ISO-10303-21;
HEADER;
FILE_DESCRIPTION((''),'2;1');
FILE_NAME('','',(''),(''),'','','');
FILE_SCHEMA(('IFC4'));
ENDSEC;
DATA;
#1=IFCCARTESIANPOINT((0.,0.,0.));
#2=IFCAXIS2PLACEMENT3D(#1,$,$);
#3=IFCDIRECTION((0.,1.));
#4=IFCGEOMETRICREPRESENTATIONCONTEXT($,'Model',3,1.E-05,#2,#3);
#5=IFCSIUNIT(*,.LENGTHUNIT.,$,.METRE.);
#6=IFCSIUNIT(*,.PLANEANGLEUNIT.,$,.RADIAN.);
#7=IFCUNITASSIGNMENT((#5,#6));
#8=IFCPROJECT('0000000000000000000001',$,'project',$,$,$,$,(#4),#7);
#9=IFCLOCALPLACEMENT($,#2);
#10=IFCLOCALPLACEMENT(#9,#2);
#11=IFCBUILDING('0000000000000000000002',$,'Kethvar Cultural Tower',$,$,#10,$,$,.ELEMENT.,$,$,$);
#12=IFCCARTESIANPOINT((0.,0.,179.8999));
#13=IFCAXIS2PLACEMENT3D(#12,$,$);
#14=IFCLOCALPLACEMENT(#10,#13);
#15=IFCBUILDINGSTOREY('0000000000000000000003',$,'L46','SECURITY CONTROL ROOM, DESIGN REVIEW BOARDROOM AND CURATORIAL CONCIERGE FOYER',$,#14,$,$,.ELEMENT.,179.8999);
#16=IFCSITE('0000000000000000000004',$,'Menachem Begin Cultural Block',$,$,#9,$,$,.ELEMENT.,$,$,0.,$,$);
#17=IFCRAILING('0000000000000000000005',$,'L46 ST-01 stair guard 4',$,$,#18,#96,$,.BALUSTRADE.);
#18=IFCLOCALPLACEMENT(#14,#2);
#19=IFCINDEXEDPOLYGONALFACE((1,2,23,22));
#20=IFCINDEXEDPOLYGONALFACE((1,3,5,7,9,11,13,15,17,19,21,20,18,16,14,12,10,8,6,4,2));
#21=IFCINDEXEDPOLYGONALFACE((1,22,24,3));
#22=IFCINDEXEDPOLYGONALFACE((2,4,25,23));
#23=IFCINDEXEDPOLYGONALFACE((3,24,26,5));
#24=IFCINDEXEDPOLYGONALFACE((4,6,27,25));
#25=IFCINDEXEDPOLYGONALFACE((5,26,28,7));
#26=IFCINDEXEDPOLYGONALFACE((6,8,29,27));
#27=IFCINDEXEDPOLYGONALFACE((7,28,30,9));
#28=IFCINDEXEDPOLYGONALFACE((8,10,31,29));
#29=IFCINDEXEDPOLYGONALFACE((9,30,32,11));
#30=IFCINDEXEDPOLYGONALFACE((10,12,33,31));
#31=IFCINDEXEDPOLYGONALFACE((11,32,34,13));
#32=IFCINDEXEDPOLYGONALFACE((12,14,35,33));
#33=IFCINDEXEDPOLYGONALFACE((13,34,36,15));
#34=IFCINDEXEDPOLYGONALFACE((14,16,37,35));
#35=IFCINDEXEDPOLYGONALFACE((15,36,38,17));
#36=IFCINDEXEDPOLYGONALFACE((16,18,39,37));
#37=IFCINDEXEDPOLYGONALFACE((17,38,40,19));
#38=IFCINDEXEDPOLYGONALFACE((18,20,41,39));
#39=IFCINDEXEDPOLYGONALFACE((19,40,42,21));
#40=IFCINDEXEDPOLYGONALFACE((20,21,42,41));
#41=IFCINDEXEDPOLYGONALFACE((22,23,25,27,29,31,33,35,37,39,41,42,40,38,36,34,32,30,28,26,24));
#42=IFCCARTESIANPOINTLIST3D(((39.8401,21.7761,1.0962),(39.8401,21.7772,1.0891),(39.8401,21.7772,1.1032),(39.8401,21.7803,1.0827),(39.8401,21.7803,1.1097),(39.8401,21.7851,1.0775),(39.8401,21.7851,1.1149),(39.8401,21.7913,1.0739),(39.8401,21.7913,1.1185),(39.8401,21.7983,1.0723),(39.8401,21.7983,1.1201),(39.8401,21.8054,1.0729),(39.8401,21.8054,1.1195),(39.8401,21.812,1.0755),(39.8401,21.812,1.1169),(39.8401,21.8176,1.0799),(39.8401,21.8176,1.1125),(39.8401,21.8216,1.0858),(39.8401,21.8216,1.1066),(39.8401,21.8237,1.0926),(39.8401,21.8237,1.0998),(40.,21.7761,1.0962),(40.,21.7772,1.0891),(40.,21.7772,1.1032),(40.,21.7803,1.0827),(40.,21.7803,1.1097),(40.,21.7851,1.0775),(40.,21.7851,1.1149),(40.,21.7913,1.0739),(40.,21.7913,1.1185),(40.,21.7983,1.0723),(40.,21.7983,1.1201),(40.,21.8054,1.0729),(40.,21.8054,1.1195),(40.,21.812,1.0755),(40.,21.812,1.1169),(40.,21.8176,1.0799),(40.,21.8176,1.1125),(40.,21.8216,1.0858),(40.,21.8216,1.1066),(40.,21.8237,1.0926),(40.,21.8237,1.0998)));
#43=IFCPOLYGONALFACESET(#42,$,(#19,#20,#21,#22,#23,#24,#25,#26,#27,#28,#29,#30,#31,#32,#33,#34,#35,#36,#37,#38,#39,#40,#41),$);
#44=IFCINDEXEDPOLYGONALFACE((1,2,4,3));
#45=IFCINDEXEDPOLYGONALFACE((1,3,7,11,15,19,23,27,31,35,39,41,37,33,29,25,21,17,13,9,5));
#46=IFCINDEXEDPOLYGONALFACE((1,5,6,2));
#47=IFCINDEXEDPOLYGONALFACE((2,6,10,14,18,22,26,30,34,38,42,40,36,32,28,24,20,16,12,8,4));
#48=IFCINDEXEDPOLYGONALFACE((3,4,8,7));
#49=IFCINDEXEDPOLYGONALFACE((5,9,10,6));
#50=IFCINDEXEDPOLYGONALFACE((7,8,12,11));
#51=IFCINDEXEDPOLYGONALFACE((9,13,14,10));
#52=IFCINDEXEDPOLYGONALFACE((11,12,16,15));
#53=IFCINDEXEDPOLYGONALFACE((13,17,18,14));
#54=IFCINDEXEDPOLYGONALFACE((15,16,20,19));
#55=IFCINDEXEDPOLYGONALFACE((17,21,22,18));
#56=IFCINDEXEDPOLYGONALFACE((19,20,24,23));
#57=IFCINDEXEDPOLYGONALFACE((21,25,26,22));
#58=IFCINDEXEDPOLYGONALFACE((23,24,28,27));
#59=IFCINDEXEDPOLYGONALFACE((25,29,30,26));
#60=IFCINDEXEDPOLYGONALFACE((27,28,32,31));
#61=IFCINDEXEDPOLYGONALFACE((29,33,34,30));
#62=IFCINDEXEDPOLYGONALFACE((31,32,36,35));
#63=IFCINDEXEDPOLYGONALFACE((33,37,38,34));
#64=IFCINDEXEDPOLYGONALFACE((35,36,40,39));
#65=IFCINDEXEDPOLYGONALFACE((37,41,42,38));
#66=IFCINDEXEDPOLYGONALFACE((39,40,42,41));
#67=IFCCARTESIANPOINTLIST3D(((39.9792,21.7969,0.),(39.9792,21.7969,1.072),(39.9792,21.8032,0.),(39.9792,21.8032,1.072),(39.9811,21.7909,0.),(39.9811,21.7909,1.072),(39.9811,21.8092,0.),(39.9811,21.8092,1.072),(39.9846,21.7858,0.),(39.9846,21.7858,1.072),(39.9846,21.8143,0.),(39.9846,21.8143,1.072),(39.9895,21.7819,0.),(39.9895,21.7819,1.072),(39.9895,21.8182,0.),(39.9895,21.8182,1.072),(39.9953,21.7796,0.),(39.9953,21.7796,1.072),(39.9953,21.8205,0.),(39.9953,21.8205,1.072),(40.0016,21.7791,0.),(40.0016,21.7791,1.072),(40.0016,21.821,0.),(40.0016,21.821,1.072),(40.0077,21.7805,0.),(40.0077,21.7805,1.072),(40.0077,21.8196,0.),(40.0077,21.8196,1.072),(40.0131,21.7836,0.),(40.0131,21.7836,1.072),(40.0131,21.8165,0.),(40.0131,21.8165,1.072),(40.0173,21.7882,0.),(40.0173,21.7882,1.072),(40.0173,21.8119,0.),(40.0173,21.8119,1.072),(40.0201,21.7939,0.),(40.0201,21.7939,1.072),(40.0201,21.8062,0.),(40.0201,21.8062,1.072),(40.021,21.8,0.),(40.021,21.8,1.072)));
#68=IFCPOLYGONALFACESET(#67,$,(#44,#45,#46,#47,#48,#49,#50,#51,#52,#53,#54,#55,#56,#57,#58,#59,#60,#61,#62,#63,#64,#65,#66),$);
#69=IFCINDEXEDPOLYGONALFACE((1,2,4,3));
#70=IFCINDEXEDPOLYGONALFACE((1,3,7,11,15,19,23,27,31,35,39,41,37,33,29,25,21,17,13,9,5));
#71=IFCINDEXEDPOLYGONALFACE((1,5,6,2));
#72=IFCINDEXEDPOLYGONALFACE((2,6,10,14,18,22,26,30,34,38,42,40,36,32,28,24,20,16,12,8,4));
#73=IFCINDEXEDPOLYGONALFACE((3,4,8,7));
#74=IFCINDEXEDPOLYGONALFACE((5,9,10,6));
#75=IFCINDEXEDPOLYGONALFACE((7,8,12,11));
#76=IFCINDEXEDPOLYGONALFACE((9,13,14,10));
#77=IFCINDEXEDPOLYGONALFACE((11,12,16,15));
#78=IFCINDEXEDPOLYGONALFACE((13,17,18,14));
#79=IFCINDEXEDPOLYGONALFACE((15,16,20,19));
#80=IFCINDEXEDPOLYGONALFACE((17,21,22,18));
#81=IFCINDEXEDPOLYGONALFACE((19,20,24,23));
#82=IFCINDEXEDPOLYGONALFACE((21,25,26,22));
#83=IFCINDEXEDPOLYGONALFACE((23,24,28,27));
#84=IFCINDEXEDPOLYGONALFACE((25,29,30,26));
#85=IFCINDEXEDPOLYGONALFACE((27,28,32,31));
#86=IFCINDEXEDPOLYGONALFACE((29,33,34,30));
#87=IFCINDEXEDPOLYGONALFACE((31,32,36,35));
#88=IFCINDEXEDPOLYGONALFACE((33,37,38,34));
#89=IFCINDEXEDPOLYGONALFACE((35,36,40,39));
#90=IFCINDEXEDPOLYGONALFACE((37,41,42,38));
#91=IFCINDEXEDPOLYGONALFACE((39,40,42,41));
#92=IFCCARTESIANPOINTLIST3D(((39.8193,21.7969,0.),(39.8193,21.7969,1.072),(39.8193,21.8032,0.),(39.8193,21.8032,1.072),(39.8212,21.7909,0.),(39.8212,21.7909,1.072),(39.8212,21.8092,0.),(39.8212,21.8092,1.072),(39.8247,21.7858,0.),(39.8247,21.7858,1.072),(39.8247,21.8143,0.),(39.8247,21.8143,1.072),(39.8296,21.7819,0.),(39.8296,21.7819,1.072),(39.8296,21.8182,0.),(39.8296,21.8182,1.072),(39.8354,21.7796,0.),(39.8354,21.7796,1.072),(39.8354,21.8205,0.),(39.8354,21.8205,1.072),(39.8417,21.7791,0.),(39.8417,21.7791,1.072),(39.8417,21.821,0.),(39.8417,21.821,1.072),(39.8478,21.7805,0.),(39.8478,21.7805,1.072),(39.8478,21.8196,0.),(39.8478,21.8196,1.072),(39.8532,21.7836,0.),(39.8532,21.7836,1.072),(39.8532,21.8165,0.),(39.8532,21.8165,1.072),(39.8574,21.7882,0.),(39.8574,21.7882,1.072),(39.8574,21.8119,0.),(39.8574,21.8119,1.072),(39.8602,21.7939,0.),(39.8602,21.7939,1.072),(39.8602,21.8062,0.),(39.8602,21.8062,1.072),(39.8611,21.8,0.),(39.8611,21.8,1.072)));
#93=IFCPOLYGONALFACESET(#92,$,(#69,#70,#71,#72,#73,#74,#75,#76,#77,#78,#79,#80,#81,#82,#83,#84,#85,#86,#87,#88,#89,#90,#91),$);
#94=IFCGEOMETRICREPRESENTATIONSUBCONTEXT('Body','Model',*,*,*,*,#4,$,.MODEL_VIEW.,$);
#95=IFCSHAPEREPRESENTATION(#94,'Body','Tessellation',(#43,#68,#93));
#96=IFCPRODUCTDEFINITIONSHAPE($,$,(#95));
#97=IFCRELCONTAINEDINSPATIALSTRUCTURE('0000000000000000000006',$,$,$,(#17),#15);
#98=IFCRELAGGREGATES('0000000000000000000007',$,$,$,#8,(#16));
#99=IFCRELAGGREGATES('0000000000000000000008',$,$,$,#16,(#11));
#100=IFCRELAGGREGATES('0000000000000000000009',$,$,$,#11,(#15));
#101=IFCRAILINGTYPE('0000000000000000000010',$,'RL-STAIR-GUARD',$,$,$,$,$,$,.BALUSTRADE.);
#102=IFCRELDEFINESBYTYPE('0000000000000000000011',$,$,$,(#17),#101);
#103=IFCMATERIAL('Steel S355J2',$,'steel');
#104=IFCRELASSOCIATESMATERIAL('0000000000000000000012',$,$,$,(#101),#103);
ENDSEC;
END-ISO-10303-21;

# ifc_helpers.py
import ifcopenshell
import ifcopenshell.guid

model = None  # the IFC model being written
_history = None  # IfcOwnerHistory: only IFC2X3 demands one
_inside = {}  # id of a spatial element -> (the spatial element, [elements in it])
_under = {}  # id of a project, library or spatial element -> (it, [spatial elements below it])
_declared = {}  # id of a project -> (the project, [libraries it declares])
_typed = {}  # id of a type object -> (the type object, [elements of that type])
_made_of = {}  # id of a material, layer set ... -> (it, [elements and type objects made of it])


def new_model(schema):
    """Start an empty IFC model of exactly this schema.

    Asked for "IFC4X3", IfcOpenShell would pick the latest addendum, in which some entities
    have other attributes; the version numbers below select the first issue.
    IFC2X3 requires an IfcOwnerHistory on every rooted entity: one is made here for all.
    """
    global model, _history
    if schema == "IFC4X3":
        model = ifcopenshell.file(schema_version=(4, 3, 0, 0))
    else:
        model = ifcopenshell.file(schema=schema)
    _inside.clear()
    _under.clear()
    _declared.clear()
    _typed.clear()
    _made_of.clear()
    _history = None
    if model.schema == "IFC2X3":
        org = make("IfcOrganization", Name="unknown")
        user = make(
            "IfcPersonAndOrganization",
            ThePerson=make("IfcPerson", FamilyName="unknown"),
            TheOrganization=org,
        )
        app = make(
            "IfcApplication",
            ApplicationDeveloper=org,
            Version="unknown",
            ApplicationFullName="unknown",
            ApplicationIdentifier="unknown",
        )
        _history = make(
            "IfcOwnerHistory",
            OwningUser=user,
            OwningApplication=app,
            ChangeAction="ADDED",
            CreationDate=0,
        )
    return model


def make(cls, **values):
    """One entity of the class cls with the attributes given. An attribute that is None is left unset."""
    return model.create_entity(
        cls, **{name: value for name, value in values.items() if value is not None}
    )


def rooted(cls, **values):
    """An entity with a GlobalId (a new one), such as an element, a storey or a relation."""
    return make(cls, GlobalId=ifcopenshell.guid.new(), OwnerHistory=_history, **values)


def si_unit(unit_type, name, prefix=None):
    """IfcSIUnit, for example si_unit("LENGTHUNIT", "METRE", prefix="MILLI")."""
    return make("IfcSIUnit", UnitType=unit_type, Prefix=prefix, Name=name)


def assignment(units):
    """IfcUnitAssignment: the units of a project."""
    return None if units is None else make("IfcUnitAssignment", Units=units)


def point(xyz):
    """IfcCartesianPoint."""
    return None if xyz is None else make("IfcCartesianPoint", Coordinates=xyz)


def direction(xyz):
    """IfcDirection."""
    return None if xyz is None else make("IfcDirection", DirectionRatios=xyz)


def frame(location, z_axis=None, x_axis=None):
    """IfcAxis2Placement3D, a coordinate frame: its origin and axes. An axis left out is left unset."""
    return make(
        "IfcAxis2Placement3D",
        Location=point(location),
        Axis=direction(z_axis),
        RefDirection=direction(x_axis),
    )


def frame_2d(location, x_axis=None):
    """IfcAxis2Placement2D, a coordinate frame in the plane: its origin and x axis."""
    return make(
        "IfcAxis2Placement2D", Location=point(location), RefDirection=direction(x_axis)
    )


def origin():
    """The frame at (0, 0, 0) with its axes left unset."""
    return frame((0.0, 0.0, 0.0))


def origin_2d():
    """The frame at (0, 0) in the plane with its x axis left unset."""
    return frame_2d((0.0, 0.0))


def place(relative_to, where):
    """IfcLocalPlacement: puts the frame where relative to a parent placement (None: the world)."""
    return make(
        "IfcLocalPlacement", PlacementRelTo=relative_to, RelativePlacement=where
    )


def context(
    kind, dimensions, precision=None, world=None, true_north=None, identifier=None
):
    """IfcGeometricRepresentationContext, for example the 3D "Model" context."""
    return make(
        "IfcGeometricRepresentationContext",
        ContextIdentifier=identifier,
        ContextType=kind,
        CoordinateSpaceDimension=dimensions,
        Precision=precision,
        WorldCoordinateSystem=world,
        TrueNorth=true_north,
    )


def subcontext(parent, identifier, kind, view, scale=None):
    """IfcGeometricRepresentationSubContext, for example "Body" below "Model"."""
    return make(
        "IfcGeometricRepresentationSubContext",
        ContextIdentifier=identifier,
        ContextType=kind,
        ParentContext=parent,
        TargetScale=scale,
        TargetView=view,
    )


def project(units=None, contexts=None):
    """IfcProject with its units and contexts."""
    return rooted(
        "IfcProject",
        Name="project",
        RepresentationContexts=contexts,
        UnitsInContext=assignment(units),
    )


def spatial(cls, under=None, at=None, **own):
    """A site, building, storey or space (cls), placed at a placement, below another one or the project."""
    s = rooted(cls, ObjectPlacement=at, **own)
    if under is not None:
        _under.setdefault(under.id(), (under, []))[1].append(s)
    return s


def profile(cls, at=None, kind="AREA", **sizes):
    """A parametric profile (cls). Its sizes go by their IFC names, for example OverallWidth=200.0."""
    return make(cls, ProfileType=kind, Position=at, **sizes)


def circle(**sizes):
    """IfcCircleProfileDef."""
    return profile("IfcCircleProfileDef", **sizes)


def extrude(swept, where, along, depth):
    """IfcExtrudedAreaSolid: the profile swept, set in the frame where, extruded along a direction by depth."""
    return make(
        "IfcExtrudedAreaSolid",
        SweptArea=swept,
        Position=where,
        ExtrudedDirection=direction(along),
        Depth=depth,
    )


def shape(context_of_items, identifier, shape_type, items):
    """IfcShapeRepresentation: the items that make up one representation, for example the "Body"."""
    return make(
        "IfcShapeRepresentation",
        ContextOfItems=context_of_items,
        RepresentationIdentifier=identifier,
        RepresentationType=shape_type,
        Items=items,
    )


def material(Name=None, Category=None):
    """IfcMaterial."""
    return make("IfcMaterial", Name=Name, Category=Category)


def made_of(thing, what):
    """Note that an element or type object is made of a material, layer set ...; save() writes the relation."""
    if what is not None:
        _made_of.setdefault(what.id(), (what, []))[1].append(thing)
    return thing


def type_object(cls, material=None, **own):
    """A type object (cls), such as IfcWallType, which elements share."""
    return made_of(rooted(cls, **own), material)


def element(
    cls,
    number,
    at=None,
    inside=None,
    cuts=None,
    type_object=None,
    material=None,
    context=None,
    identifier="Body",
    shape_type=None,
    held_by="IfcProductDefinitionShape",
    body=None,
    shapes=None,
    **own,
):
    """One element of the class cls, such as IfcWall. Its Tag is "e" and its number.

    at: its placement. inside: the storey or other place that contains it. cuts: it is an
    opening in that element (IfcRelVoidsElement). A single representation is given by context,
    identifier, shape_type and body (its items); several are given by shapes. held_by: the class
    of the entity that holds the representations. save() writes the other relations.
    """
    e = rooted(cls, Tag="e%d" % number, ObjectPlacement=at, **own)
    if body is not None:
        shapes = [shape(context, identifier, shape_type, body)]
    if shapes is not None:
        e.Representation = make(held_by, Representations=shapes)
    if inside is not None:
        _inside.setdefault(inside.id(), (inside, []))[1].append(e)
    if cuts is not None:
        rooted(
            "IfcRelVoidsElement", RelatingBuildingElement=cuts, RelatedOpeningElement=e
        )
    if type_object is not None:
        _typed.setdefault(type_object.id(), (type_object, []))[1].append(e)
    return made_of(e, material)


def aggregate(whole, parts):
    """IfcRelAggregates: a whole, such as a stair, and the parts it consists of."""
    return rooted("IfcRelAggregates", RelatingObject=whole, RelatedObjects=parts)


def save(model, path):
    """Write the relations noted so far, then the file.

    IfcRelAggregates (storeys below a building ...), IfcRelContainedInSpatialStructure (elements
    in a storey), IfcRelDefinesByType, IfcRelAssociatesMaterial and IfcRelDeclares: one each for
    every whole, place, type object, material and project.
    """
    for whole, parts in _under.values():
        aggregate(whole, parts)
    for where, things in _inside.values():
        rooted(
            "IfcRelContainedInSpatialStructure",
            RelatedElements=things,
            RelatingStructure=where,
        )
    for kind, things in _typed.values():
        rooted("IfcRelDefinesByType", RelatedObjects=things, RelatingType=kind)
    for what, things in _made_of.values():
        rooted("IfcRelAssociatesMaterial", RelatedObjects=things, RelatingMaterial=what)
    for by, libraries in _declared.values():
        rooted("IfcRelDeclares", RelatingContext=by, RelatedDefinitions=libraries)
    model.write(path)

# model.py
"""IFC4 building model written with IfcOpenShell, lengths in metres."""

from ifc_helpers import new_model, si_unit, direction, frame, origin, origin_2d, place, context, subcontext, project, spatial, circle, extrude, material, type_object, element, save


model = new_model("IFC4")

# Units and contexts
model_context = context("Model", 3, precision=1e-05, world=origin(), true_north=direction((0.0, 1.0)))
body_context = subcontext(model_context, "Body", "Model", "MODEL_VIEW")
ifc_project = project(units=[si_unit("LENGTHUNIT", "METRE"), si_unit("PLANEANGLEUNIT", "RADIAN")], contexts=[model_context])

# Site, building, storey
site_placement = place(None, origin())
site = spatial("IfcSite", under=ifc_project, at=site_placement, Name="Menachem Begin Cultural Block", CompositionType="ELEMENT", RefElevation=0.0)
building_placement = place(site_placement, origin())
building = spatial("IfcBuilding", under=site, at=building_placement, Name="Kethvar Cultural Tower", CompositionType="ELEMENT")
storey_placement = place(building_placement, frame((0.0, 0.0, 179.8999)))
storey = spatial("IfcBuildingStorey", under=building, at=storey_placement, Name="L46", Description="SECURITY CONTROL ROOM, DESIGN REVIEW BOARDROOM AND CURATORIAL CONCIERGE FOYER", CompositionType="ELEMENT", Elevation=179.8999)

# Shared definitions
ifc_material_1 = material(Name="Steel S355J2", Category="steel")

# Railing
railing_type_1 = type_object("IfcRailingType", Name="RL-STAIR-GUARD", PredefinedType="BALUSTRADE", material=ifc_material_1)
railing_1_placement = place(storey_placement, frame((40.0, 21.8, 0.0)))
element("IfcRailing", 1, at=railing_1_placement, inside=storey, type_object=railing_type_1, Name="L46 ST-01 stair guard 4", PredefinedType="BALUSTRADE", context=body_context, shape_type="SweptSolid", body=[
    extrude(circle(Radius=0.0239, at=origin_2d()), frame((0.0, 0.0, 1.0962), z_axis=(-1.0, 0.0, 0.0), x_axis=(0.0, -1.0, 0.0)), (0.0, 0.0, 1.0), 0.1599),
    extrude(circle(Radius=0.021, at=origin_2d()), origin(), (0.0, 0.0, 1.0), 1.072),
    extrude(circle(Radius=0.021, at=origin_2d()), frame((-0.1599, 0.0, 0.0)), (0.0, 0.0, 1.0), 1.072),
])

save(model, "model.ifc")
